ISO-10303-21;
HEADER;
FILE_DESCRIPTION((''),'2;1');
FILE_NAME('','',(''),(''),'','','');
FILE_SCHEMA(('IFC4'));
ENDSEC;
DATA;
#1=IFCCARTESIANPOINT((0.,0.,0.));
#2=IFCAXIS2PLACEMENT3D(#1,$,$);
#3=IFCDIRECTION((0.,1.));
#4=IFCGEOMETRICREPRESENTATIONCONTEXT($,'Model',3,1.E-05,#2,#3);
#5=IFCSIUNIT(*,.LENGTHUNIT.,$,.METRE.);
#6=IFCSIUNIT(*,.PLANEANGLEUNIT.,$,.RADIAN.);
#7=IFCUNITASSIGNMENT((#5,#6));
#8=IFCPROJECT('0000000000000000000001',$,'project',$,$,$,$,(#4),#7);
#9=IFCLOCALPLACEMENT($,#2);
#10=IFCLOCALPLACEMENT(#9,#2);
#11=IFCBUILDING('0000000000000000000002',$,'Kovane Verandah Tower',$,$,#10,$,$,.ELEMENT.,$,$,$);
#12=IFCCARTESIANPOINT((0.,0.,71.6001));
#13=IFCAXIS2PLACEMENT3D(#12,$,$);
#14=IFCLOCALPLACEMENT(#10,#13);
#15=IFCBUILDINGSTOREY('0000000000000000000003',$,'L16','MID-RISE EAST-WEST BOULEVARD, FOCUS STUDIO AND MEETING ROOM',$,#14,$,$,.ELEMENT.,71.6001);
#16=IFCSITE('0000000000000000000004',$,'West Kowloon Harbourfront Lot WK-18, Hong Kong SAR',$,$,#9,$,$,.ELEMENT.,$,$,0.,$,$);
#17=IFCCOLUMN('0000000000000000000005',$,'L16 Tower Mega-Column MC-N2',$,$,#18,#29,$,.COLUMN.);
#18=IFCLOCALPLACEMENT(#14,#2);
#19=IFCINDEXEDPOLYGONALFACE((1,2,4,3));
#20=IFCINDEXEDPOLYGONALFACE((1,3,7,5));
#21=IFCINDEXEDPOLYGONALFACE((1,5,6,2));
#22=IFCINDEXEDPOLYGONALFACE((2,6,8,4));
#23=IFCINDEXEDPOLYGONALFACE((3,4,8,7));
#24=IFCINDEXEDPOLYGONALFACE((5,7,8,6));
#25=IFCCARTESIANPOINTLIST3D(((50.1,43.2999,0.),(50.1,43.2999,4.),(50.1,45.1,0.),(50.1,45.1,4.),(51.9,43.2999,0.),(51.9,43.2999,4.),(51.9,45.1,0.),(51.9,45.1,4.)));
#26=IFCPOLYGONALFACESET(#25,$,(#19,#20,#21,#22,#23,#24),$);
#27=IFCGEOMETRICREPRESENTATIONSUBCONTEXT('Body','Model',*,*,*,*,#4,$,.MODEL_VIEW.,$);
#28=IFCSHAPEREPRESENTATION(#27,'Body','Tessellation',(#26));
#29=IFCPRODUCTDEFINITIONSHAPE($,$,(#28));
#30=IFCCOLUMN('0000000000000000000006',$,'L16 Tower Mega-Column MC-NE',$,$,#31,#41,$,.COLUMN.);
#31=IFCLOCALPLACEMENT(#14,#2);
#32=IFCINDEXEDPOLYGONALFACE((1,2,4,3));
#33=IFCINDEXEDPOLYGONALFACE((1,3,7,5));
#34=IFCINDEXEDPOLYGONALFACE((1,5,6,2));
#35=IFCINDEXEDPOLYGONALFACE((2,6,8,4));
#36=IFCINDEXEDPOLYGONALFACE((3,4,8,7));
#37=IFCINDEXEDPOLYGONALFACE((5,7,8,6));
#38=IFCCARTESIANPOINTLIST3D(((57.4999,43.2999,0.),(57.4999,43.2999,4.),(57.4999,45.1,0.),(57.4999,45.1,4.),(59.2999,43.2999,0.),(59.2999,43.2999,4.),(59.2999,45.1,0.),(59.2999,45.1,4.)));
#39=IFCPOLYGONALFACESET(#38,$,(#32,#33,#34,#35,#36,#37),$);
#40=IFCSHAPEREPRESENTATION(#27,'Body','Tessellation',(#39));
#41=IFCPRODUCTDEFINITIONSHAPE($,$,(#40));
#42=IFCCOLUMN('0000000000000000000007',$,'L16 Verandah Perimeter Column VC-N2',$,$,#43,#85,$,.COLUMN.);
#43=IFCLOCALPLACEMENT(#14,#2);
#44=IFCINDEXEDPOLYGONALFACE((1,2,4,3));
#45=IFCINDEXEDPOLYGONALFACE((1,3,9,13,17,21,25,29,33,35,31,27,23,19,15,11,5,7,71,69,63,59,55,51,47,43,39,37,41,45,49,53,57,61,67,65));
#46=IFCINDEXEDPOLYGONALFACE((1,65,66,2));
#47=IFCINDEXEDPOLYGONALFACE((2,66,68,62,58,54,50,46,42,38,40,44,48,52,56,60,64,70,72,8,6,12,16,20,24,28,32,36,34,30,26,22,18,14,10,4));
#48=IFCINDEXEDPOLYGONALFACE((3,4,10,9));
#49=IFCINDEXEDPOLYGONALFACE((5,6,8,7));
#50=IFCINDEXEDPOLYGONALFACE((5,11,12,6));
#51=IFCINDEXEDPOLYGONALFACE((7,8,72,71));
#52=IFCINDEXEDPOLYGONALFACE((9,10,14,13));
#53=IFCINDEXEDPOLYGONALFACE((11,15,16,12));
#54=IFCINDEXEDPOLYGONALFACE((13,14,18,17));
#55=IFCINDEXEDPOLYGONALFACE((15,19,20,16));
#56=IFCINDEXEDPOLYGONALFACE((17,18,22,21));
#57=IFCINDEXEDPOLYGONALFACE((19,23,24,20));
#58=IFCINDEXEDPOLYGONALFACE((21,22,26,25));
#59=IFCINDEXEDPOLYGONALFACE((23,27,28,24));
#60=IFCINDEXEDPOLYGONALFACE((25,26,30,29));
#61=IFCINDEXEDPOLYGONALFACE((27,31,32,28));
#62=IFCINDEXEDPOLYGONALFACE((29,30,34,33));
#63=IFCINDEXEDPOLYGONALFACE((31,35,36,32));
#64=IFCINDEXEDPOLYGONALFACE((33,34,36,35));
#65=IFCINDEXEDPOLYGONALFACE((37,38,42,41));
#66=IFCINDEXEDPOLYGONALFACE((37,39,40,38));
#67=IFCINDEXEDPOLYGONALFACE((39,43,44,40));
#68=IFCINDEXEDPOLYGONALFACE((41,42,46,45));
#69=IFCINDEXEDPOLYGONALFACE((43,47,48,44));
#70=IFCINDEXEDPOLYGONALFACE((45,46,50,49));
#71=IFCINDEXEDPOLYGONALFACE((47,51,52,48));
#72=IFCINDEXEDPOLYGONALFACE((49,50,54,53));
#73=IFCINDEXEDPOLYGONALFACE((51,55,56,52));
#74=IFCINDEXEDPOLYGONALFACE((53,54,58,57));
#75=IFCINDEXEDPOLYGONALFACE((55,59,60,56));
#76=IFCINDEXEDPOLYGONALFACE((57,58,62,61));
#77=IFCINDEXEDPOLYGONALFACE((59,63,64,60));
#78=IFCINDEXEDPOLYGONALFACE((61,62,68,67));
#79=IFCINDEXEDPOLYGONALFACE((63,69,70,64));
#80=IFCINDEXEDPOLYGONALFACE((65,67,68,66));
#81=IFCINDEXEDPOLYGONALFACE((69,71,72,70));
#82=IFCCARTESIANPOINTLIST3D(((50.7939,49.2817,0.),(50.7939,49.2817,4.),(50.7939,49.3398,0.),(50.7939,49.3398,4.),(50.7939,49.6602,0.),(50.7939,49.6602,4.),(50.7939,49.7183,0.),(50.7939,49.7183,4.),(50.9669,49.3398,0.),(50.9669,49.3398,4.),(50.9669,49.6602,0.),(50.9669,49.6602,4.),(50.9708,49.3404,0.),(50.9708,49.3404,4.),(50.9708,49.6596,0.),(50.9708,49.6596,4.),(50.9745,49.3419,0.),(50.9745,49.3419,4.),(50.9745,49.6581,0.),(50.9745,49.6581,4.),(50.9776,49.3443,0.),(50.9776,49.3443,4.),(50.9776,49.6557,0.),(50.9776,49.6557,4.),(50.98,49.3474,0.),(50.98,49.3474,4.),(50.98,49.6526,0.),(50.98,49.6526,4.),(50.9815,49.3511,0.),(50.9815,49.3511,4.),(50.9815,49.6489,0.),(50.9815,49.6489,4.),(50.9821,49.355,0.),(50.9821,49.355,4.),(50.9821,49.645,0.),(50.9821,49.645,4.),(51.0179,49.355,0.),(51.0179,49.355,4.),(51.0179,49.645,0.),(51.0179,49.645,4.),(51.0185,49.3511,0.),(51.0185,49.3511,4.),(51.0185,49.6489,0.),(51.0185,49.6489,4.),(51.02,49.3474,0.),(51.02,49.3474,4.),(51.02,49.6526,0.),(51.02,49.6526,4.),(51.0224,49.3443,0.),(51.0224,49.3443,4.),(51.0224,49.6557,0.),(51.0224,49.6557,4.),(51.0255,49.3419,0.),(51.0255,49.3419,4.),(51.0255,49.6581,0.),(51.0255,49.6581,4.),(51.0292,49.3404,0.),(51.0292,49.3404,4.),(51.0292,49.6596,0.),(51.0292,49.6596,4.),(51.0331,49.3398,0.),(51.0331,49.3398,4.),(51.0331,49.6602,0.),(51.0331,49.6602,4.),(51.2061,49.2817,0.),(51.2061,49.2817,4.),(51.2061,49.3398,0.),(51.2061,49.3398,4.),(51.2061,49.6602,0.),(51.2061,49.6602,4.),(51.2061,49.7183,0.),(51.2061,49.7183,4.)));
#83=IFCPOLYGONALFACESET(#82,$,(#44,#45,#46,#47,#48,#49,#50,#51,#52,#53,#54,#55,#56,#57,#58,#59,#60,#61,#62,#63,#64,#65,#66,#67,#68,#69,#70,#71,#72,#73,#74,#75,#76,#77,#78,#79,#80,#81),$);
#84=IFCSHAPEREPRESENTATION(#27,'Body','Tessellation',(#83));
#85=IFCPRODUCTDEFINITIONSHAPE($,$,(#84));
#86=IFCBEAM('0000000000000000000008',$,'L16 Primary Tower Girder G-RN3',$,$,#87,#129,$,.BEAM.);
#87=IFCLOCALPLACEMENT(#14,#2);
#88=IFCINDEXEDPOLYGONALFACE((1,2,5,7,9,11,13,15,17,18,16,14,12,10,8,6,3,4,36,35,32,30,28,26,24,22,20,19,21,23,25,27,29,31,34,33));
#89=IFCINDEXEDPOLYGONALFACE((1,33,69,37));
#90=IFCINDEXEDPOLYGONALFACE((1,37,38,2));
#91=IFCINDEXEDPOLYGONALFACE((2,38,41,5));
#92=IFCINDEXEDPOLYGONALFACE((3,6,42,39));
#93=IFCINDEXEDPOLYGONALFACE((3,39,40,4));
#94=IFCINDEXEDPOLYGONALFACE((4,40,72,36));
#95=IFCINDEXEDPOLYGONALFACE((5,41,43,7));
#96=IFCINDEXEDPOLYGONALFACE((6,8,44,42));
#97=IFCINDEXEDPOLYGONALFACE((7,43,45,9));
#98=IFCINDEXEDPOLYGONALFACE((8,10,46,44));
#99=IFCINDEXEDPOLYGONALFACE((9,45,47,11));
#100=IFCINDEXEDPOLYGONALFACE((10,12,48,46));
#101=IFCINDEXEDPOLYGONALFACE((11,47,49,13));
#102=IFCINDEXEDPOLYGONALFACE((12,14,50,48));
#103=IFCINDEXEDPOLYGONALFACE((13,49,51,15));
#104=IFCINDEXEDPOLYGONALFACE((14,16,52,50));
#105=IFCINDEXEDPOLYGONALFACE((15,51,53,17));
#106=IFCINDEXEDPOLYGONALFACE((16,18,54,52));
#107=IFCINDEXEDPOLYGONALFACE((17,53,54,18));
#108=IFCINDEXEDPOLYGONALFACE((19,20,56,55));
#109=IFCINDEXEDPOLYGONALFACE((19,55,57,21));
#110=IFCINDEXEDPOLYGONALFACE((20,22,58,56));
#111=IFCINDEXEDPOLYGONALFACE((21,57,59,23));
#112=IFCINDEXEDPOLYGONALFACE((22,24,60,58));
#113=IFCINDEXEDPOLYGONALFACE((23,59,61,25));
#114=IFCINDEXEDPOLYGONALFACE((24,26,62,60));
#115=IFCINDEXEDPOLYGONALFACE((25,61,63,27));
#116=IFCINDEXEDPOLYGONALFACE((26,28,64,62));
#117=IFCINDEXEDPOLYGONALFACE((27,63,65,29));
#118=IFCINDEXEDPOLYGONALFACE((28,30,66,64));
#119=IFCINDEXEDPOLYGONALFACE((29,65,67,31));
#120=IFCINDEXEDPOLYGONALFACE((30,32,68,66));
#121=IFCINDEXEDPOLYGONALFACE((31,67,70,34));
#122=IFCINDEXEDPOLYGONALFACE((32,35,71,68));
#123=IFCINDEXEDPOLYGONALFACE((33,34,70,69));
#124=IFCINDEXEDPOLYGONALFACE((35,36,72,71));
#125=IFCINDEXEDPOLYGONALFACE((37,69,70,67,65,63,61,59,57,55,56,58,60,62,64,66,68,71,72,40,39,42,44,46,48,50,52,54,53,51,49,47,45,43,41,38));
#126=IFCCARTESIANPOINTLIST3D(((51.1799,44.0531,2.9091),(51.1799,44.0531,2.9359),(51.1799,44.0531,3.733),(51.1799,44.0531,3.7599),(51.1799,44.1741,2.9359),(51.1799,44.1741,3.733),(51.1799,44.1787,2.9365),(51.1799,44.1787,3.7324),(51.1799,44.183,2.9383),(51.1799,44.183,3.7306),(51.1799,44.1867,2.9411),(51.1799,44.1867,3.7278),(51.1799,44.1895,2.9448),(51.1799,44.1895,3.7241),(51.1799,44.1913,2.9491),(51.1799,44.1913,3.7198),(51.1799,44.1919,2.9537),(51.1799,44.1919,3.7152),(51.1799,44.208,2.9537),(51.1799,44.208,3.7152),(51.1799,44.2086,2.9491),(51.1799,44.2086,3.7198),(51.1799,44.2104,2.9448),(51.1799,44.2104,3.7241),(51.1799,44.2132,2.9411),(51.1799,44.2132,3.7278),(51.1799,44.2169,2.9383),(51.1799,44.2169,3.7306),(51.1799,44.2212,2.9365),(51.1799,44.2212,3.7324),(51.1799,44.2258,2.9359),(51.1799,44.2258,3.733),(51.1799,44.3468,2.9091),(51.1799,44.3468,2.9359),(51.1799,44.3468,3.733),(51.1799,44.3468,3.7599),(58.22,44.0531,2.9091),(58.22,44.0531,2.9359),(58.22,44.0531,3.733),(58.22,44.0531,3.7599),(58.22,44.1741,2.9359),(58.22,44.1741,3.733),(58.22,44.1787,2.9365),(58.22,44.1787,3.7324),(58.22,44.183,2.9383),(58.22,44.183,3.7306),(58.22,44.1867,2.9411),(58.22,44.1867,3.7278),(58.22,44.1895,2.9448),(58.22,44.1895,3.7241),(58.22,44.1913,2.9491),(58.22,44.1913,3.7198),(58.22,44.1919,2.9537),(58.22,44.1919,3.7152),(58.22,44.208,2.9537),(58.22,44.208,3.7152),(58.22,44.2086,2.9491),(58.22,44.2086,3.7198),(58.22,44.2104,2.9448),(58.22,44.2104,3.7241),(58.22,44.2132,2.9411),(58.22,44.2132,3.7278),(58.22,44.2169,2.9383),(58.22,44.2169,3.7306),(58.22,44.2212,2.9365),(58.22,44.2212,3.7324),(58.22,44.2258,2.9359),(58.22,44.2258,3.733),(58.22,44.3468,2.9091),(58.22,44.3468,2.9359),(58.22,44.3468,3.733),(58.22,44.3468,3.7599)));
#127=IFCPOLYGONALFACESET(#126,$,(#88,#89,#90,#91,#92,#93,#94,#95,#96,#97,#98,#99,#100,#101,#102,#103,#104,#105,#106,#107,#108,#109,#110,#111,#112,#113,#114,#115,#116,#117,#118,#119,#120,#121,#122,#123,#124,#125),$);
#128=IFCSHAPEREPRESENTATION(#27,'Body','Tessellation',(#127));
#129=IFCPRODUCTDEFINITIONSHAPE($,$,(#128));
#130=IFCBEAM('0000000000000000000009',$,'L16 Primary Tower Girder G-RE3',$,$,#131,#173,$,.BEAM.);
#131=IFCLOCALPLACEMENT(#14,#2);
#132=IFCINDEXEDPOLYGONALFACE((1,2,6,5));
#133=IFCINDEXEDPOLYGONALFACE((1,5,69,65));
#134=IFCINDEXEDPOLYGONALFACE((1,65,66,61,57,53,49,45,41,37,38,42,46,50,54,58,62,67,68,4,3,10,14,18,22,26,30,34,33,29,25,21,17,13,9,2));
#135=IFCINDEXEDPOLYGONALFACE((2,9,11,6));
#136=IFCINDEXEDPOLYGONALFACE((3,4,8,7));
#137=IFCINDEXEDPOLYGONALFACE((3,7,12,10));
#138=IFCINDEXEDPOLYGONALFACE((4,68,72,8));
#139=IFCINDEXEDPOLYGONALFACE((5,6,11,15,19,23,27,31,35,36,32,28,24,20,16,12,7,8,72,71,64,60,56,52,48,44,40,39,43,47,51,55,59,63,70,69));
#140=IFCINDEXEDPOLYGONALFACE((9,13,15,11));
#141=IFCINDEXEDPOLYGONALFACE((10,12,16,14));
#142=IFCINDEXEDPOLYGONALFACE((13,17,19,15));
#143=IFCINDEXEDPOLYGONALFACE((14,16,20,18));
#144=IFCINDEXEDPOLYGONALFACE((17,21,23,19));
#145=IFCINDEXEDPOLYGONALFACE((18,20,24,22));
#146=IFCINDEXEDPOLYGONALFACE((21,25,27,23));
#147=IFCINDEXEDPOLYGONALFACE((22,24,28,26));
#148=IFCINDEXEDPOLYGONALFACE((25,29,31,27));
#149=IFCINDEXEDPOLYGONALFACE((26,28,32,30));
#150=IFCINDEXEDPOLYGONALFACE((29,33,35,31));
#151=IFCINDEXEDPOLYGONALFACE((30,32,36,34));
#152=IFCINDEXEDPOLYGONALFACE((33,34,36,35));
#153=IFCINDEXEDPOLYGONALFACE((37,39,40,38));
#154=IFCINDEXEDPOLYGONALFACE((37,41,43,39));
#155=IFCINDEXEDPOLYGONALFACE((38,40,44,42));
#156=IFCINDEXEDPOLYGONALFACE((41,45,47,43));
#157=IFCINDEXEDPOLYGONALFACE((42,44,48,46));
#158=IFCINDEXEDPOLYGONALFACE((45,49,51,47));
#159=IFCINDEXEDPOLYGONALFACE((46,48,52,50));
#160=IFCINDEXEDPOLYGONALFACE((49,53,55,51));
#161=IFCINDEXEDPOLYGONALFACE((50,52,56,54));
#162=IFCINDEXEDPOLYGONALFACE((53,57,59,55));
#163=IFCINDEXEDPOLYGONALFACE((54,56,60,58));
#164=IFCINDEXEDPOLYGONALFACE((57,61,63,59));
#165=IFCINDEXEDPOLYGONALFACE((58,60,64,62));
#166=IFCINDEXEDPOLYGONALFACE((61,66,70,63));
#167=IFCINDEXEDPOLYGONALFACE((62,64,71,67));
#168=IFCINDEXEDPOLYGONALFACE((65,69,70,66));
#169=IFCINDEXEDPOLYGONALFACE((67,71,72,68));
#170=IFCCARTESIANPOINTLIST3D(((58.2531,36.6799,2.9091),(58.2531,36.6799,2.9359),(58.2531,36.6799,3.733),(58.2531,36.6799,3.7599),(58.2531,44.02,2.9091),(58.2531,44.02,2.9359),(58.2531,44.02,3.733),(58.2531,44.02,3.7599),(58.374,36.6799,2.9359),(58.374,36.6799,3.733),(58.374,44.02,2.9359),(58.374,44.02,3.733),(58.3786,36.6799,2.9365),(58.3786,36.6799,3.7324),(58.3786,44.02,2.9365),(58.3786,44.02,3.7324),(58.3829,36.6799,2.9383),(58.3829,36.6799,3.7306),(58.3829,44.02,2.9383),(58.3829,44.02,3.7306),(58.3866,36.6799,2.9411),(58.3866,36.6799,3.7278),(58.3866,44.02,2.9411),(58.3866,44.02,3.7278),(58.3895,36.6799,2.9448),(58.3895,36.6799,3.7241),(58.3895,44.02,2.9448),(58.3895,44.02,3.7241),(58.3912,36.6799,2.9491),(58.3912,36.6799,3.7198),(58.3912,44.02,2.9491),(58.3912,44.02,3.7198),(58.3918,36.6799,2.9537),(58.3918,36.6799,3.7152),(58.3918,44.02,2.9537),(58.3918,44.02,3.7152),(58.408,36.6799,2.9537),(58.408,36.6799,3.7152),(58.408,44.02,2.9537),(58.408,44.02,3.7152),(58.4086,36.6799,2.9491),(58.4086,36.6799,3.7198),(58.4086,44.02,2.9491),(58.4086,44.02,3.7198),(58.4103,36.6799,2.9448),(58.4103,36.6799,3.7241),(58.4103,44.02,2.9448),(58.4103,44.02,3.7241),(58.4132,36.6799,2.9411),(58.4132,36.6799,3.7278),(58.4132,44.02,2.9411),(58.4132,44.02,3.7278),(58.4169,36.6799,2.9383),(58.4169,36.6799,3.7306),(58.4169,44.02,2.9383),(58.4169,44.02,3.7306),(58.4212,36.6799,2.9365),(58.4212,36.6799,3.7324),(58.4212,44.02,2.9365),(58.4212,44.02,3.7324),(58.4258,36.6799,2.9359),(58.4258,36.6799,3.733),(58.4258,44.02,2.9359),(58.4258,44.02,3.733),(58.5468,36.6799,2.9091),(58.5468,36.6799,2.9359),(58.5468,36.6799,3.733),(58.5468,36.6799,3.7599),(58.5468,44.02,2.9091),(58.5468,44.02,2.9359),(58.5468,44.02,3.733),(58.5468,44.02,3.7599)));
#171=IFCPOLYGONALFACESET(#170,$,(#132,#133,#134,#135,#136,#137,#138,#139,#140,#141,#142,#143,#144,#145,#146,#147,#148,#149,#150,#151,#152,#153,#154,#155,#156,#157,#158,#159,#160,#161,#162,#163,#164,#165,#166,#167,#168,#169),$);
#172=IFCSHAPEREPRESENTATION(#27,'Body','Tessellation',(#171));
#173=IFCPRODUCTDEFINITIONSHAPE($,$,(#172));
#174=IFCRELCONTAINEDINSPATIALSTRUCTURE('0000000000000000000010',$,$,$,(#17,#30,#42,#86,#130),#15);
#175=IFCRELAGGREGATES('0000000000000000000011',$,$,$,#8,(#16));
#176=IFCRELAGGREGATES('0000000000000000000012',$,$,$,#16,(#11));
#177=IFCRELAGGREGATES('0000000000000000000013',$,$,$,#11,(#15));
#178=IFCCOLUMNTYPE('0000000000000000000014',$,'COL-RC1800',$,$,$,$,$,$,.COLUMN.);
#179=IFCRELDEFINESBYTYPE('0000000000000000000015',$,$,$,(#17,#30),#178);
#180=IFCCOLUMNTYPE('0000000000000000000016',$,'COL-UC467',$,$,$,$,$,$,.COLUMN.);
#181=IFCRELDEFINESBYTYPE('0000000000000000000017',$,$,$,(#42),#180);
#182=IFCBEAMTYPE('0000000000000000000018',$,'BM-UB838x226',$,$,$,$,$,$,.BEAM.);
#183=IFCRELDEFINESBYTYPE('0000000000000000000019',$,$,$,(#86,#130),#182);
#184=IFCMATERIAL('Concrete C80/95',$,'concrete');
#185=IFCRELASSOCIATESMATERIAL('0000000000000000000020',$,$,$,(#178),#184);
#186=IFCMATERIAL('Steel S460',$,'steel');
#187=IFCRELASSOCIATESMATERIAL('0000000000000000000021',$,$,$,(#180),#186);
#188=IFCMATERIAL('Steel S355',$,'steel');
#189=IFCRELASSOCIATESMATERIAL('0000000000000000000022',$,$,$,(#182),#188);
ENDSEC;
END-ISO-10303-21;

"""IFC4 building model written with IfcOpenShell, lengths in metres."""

from ifc_helpers import new_model, si_unit, direction, frame, origin, origin_2d, place, context, subcontext, project, spatial, rectangle, i_section, extrude, material, material_profile, profile_set, type_object, element, save


model = new_model("IFC4")

# Units and contexts
model_context = context("Model", 3, precision=1e-05, world=origin(), true_north=direction((0.0, 1.0)))
body_context = subcontext(model_context, "Body", "Model", "MODEL_VIEW")
ifc_project = project(units=[si_unit("LENGTHUNIT", "METRE"), si_unit("PLANEANGLEUNIT", "RADIAN")], contexts=[model_context])

# Site, building, storey
site_placement = place(None, origin())
site = spatial("IfcSite", under=ifc_project, at=site_placement, Name="West Kowloon Harbourfront Lot WK-18, Hong Kong SAR", CompositionType="ELEMENT", RefElevation=0.0)
building_placement = place(site_placement, origin())
building = spatial("IfcBuilding", under=site, at=building_placement, Name="Kovane Verandah Tower", CompositionType="ELEMENT")
storey_placement = place(building_placement, frame((0.0, 0.0, 71.6001)))
storey = spatial("IfcBuildingStorey", under=building, at=storey_placement, Name="L16", Description="MID-RISE EAST-WEST BOULEVARD, FOCUS STUDIO AND MEETING ROOM", CompositionType="ELEMENT", Elevation=71.6001)

# Columns
ifc_material_1 = material(Name="Concrete C80/95", Category="concrete")
ifc_material_profile_1 = material_profile(ifc_material_1, rectangle(XDim=1.8, YDim=1.8, at=origin_2d()), Name="RC1800x1800")
ifc_profile_set_1 = profile_set([ifc_material_profile_1], Name="Concrete C80/95")
column_type_1 = type_object("IfcColumnType", Name="COL-RC1800", PredefinedType="COLUMN", material=ifc_profile_set_1)
for number, where, z_axis, x_axis, name in (
    (1, (51.0, 44.2, 0.0), (0.0, 0.0, 1.0), (1.0, 0.0, 0.0), "L16 Tower Mega-Column MC-N2"),
    (2, (58.3999, 44.2, 0.0), (0.0, 0.0, 1.0), (1.0, 0.0, 0.0), "L16 Tower Mega-Column MC-NE"),
):
    element("IfcColumn", number, at=place(storey_placement, frame(where, z_axis=z_axis, x_axis=x_axis)), inside=storey, type_object=column_type_1, Name=name, PredefinedType="COLUMN", context=body_context, shape_type="SweptSolid", body=[
        extrude(rectangle(XDim=1.8, YDim=1.8, at=origin_2d()), origin(), (0.0, 0.0, 1.0), 4.0),
    ])
ifc_material_2 = material(Name="Steel S460", Category="steel")
ifc_material_profile_2 = material_profile(ifc_material_2, i_section(OverallWidth=0.4121, OverallDepth=0.4365, WebThickness=0.0359, FlangeThickness=0.0581, FilletRadius=0.0151, at=origin_2d()), Name="UC356x406x467")
ifc_profile_set_2 = profile_set([ifc_material_profile_2], Name="Steel S460")
column_type_2 = type_object("IfcColumnType", Name="COL-UC467", PredefinedType="COLUMN", material=ifc_profile_set_2)
column_placement = place(storey_placement, frame((51.0, 49.5, 0.0), z_axis=(0.0, 0.0, 1.0), x_axis=(1.0, 0.0, 0.0)))
element("IfcColumn", 3, at=column_placement, inside=storey, type_object=column_type_2, Name="L16 Verandah Perimeter Column VC-N2", PredefinedType="COLUMN", context=body_context, shape_type="SweptSolid", body=[
    extrude(i_section(OverallWidth=0.4121, OverallDepth=0.4365, WebThickness=0.0359, FlangeThickness=0.0581, FilletRadius=0.0151, at=origin_2d()), origin(), (0.0, 0.0, 1.0), 4.0),
])

# Beams
ifc_material_3 = material(Name="Steel S355", Category="steel")
ifc_material_profile_3 = material_profile(ifc_material_3, i_section(OverallWidth=0.2937, OverallDepth=0.8508, WebThickness=0.0161, FlangeThickness=0.0269, FilletRadius=0.0178, at=origin_2d()), Name="UB838x292x226")
ifc_profile_set_3 = profile_set([ifc_material_profile_3], Name="Steel S355")
beam_type_1 = type_object("IfcBeamType", Name="BM-UB838x226", PredefinedType="BEAM", material=ifc_profile_set_3)
beam_1_placement = place(storey_placement, frame((51.1799, 44.2, 3.3345), z_axis=(1.0, 0.0, 0.0), x_axis=(0.0, 1.0, 0.0)))
element("IfcBeam", 4, at=beam_1_placement, inside=storey, type_object=beam_type_1, Name="L16 Primary Tower Girder G-RN3", PredefinedType="BEAM", context=body_context, shape_type="SweptSolid", body=[
    extrude(i_section(OverallWidth=0.2937, OverallDepth=0.8508, WebThickness=0.0161, FlangeThickness=0.0269, FilletRadius=0.0178, at=origin_2d()), origin(), (0.0, 0.0, 1.0), 7.04),
])
for number, where, z_axis, x_axis, name in (
    (5, (58.3999, 36.6799, 3.3345), (0.0, 1.0, 0.0), (-1.0, 0.0, 0.0), "L16 Primary Tower Girder G-RE3"),
):
    element("IfcBeam", number, at=place(storey_placement, frame(where, z_axis=z_axis, x_axis=x_axis)), inside=storey, type_object=beam_type_1, Name=name, PredefinedType="BEAM", context=body_context, shape_type="SweptSolid", body=[
        extrude(i_section(OverallWidth=0.2937, OverallDepth=0.8508, WebThickness=0.0161, FlangeThickness=0.0269, FilletRadius=0.0178, at=origin_2d()), origin(), (0.0, 0.0, 1.0), 7.3401),
    ])

save(model, "model.ifc")
